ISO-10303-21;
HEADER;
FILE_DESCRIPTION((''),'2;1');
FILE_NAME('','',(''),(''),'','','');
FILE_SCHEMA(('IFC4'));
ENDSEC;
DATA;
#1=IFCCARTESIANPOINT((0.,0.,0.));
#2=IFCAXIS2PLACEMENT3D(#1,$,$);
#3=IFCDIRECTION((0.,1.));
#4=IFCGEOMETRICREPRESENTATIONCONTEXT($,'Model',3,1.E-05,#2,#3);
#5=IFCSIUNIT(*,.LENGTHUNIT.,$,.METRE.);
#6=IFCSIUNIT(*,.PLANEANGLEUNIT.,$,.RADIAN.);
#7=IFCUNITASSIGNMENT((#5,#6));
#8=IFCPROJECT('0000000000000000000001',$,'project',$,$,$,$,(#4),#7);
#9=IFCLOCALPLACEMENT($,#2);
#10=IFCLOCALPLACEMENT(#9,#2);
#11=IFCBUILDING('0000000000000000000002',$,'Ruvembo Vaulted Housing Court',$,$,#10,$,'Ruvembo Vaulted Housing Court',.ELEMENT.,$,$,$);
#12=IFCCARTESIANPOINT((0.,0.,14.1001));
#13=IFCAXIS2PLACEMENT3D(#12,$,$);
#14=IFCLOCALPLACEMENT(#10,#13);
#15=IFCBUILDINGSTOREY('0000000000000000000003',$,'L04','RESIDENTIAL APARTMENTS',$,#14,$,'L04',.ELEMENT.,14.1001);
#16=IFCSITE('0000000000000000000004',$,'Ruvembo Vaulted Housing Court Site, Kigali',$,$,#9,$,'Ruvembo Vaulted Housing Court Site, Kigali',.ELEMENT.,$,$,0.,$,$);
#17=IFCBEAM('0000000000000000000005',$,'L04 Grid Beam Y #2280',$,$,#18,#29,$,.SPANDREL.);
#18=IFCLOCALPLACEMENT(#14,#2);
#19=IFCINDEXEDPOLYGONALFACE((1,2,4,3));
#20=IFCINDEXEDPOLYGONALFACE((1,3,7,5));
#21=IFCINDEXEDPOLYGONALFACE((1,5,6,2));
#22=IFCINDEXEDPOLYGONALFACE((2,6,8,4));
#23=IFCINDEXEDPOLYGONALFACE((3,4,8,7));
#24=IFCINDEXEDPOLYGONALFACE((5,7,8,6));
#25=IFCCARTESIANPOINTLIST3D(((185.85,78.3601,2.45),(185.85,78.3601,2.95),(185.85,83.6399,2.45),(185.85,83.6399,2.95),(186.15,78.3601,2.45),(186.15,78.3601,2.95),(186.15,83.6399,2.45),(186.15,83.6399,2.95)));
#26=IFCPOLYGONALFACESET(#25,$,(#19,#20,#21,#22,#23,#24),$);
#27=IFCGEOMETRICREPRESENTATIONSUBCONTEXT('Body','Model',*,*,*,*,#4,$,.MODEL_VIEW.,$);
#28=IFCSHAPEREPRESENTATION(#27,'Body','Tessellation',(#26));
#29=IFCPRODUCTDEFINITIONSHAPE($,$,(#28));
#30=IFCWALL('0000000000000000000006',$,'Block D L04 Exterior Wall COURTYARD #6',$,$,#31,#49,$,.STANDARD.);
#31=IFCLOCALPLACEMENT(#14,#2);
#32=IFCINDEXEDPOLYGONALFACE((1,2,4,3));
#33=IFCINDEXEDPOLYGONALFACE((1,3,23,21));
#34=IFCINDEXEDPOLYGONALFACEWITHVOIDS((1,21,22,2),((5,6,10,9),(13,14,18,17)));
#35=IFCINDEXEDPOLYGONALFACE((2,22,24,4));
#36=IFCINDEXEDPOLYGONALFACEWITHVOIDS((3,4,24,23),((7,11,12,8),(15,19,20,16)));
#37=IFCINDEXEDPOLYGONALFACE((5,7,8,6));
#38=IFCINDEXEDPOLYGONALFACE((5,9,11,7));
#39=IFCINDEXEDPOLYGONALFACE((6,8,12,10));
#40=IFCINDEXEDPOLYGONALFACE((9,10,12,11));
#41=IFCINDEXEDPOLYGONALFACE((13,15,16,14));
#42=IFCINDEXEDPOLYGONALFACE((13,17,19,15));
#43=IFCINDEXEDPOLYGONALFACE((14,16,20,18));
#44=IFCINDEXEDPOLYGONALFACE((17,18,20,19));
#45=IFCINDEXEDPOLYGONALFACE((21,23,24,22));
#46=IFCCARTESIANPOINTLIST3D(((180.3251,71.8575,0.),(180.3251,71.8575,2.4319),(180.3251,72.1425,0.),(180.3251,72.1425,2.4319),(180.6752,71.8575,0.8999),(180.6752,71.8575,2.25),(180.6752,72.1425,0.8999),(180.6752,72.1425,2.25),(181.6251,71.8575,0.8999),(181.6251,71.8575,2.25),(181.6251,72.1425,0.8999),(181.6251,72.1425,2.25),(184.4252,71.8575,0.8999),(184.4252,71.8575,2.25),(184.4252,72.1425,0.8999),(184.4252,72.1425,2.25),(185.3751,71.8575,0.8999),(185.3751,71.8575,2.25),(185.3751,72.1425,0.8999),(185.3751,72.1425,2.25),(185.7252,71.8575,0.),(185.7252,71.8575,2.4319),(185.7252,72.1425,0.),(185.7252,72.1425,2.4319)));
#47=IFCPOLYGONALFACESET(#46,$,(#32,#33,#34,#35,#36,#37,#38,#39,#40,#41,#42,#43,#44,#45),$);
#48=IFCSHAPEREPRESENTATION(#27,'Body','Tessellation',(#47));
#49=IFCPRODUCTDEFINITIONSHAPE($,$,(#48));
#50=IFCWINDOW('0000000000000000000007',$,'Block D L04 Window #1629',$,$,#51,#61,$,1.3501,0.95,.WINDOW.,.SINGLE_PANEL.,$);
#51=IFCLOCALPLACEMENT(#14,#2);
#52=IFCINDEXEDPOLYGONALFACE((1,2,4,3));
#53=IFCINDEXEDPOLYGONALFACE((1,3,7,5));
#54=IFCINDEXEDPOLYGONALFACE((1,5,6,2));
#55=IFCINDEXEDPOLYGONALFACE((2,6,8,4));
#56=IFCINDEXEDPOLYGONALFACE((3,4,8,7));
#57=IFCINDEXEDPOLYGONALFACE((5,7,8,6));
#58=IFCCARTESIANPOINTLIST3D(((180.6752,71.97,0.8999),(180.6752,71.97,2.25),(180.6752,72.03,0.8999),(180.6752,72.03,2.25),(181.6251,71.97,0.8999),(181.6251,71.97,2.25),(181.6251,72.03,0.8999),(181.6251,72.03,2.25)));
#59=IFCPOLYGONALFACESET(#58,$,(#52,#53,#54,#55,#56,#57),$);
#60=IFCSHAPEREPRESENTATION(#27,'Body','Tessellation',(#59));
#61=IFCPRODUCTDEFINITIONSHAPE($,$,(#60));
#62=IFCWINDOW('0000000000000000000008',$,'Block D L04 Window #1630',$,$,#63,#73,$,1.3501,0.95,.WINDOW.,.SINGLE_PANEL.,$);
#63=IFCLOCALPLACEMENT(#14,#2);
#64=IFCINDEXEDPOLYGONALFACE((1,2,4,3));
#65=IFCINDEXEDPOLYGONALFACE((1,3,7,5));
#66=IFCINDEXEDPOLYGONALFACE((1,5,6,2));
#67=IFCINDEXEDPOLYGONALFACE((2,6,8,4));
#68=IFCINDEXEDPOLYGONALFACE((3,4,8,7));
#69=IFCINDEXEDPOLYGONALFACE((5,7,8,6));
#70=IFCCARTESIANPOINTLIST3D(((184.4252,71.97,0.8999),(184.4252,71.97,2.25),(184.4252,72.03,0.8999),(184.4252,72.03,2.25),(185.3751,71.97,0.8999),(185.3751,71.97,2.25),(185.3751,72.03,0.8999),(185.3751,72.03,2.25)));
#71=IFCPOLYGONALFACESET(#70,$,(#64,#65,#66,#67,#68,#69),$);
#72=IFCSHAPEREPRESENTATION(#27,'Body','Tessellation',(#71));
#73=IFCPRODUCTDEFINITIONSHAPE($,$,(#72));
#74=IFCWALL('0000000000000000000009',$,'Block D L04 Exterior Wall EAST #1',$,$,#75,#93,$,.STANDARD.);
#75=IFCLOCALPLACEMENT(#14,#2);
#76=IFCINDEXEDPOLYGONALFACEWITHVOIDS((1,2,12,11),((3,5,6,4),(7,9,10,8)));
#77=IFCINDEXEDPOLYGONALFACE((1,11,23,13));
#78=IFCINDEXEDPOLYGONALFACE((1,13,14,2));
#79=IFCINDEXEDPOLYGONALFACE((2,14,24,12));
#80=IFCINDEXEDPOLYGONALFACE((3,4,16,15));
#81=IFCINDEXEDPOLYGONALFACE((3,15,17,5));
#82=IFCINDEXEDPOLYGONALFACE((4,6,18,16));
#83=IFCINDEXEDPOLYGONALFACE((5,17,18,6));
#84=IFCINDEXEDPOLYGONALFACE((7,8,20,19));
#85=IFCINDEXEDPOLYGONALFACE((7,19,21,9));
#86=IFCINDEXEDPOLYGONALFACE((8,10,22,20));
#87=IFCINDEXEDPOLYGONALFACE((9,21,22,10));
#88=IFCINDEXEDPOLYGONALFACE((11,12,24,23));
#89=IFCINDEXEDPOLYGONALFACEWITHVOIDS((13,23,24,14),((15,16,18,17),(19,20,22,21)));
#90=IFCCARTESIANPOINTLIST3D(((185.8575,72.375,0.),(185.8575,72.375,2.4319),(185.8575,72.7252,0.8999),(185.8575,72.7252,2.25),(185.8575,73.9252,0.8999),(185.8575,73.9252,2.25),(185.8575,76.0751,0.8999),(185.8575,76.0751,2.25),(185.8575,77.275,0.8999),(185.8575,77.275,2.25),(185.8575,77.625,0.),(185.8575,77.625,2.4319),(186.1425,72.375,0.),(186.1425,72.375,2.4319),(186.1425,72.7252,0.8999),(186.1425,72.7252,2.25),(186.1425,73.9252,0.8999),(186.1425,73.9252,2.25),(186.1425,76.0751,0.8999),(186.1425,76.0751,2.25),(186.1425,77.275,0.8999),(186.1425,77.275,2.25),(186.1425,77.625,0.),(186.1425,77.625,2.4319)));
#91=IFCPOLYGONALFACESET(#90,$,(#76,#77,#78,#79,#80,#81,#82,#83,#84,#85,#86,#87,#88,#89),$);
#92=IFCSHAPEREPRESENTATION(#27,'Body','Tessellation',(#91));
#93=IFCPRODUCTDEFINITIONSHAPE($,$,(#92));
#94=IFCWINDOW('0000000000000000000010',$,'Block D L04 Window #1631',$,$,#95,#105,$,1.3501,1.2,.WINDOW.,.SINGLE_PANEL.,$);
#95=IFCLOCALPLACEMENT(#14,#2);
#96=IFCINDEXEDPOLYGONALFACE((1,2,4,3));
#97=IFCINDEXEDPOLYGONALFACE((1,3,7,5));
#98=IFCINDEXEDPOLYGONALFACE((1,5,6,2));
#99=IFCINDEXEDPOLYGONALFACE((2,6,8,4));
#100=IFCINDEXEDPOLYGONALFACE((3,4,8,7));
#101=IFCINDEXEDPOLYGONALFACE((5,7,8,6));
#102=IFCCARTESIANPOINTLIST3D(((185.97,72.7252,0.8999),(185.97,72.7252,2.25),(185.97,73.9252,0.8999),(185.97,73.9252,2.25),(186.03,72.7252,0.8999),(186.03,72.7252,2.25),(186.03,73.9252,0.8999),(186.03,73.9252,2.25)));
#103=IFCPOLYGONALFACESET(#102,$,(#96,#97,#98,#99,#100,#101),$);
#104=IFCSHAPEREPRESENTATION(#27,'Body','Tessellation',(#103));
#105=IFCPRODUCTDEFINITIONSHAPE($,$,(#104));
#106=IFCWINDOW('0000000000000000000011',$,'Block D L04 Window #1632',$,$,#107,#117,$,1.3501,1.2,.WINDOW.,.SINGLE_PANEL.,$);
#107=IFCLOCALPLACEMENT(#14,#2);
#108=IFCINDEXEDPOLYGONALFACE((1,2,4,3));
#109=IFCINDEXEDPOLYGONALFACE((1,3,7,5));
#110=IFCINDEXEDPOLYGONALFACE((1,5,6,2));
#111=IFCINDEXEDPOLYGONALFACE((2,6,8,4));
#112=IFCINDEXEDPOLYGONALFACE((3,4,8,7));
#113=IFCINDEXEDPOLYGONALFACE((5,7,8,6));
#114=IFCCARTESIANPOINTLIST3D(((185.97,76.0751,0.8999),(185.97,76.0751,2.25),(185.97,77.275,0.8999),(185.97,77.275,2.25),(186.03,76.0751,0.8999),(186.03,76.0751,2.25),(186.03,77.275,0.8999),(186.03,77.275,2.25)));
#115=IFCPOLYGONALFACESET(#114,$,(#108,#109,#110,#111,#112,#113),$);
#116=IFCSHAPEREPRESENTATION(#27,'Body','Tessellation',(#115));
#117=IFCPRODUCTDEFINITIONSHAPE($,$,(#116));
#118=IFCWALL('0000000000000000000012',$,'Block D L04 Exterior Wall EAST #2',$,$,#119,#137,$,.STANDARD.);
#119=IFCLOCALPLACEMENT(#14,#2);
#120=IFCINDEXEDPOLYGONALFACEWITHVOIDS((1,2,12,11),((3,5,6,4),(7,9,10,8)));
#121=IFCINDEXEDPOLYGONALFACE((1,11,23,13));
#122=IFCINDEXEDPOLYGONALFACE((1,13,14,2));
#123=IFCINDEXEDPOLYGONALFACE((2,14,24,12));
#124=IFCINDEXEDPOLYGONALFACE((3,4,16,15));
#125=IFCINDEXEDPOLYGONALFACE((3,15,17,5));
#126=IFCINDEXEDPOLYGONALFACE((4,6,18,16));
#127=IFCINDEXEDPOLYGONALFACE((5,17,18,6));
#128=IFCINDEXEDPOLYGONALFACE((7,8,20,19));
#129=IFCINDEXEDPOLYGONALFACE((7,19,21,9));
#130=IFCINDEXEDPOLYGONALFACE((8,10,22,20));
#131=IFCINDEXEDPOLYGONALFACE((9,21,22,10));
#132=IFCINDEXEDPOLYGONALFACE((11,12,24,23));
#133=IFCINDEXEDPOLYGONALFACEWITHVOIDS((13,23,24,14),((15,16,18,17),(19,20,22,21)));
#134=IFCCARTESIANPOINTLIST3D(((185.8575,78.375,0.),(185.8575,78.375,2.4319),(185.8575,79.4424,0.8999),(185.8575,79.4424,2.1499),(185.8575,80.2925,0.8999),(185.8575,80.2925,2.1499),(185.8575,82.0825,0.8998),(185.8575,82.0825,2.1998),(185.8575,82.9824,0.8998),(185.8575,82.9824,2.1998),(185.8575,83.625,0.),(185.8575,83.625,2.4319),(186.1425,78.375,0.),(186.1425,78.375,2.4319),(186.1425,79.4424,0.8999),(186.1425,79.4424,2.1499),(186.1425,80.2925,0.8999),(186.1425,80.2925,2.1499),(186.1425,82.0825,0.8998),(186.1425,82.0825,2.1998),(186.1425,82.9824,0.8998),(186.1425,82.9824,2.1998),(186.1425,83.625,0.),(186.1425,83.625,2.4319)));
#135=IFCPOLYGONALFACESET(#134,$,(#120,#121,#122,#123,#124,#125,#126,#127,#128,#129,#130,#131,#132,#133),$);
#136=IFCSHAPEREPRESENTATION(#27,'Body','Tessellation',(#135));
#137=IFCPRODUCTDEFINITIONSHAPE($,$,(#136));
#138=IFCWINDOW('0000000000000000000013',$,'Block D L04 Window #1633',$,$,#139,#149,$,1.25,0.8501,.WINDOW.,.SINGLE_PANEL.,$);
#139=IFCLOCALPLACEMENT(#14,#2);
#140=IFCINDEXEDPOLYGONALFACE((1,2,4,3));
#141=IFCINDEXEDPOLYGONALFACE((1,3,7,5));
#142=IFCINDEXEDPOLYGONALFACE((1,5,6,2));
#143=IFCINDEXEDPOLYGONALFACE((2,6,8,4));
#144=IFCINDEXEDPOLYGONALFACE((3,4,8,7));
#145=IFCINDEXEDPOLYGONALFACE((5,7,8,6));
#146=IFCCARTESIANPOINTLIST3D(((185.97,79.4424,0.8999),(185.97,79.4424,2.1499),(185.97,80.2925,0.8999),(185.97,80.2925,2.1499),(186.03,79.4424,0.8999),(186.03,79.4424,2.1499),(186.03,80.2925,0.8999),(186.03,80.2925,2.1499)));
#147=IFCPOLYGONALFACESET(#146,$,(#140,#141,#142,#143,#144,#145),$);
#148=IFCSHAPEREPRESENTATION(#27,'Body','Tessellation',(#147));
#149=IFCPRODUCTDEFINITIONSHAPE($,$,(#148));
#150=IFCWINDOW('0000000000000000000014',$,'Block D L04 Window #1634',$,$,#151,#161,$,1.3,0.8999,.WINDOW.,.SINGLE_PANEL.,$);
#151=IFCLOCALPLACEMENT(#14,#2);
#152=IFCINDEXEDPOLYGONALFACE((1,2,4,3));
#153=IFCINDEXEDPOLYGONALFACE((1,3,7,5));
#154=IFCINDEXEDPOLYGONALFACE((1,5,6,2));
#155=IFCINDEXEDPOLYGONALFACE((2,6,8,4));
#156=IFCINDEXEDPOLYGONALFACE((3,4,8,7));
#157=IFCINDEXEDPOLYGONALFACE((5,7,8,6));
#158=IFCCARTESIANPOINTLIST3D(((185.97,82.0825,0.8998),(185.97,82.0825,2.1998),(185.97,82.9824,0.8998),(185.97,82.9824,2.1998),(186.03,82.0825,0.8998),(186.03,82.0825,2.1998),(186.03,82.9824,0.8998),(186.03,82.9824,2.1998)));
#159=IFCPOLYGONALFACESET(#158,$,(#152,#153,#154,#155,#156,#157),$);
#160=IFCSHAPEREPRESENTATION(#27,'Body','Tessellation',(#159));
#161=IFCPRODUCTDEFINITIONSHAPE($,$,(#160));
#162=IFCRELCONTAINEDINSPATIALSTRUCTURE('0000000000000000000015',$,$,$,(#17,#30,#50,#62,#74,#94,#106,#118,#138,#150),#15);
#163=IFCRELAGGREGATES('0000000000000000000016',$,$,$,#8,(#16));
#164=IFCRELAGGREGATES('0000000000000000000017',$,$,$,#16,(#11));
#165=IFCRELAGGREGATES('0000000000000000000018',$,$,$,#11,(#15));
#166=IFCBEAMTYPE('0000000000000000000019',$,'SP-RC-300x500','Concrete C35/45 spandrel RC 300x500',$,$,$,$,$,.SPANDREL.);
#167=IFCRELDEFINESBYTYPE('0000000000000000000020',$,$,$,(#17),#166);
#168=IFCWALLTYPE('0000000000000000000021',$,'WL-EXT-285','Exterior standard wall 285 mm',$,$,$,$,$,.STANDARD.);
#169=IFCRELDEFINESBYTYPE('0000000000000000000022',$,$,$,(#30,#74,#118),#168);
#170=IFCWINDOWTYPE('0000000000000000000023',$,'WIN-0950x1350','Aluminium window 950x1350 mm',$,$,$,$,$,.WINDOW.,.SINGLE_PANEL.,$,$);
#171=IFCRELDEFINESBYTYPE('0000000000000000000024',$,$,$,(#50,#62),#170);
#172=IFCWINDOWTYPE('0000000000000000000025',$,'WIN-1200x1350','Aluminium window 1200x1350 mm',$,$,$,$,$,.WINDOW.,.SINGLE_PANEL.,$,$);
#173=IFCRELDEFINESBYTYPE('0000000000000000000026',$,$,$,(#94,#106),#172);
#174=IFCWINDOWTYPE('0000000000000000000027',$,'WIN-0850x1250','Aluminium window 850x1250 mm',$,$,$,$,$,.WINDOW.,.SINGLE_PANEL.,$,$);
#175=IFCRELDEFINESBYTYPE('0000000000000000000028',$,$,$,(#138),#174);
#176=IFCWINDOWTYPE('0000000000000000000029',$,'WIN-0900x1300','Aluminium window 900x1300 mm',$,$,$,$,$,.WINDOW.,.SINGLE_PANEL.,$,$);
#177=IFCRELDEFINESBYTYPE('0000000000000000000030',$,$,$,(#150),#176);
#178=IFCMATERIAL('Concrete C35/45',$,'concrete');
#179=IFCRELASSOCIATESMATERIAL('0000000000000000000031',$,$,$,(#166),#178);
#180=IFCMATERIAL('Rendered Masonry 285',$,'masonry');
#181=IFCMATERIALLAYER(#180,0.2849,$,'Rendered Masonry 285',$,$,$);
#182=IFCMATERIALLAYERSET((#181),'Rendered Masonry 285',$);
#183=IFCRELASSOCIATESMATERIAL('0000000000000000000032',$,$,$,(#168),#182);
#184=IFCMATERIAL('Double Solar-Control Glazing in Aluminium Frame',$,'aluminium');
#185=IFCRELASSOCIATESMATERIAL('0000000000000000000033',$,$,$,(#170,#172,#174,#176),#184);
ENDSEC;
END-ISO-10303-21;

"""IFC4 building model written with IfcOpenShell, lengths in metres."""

from ifc_helpers import new_model, si_unit, direction, frame, frame_2d, origin, origin_2d, place, context, subcontext, project, spatial, rectangle, extrude, material, layer, layer_set, material_profile, profile_set, type_object, element, fill, save


model = new_model("IFC4")

# Units and contexts
model_context = context("Model", 3, precision=1e-05, world=origin(), true_north=direction((0.0, 1.0)))
body_context = subcontext(model_context, "Body", "Model", "MODEL_VIEW")
ifc_project = project(units=[si_unit("LENGTHUNIT", "METRE"), si_unit("PLANEANGLEUNIT", "RADIAN")], contexts=[model_context])

# Site, building, storey
site_placement = place(None, origin())
site = spatial("IfcSite", under=ifc_project, at=site_placement, Name="Ruvembo Vaulted Housing Court Site, Kigali", LongName="Ruvembo Vaulted Housing Court Site, Kigali", CompositionType="ELEMENT", RefElevation=0.0)
building_placement = place(site_placement, origin())
building = spatial("IfcBuilding", under=site, at=building_placement, Name="Ruvembo Vaulted Housing Court", LongName="Ruvembo Vaulted Housing Court", CompositionType="ELEMENT")
storey_placement = place(building_placement, frame((0.0, 0.0, 14.1001)))
storey = spatial("IfcBuildingStorey", under=building, at=storey_placement, Name="L04", Description="RESIDENTIAL APARTMENTS", LongName="L04", CompositionType="ELEMENT", Elevation=14.1001)

# Beam
ifc_material_1 = material(Name="Concrete C35/45", Category="concrete")
ifc_material_profile_1 = material_profile(ifc_material_1, rectangle(XDim=0.3, YDim=0.5, at=origin_2d()), Name="RC 300x500")
ifc_profile_set_1 = profile_set([ifc_material_profile_1], Name="Concrete C35/45")
beam_type_1 = type_object("IfcBeamType", Name="SP-RC-300x500", Description="Concrete C35/45 spandrel RC 300x500", PredefinedType="SPANDREL", material=ifc_profile_set_1)
for number, where, z_axis, x_axis, name in (
    (1, (186.0, 78.3601, 2.7), (0.0, 1.0, 0.0), (-1.0, 0.0, 0.0), "L04 Grid Beam Y #2280"),
):
    element("IfcBeam", number, at=place(storey_placement, frame(where, z_axis=z_axis, x_axis=x_axis)), inside=storey, type_object=beam_type_1, Name=name, PredefinedType="SPANDREL", context=body_context, shape_type="SweptSolid", body=[
        extrude(rectangle(XDim=0.3, YDim=0.5, at=origin_2d()), origin(), (0.0, 0.0, 1.0), 5.2798),
    ])

# Walls, openings, windows
ifc_material_2 = material(Name="Rendered Masonry 285", Category="masonry")
ifc_layer_1 = layer(ifc_material_2, 0.2849, Name="Rendered Masonry 285")
ifc_layer_set_1 = layer_set([ifc_layer_1], Name="Rendered Masonry 285")
wall_type_1 = type_object("IfcWallType", Name="WL-EXT-285", Description="Exterior standard wall 285 mm", PredefinedType="STANDARD", material=ifc_layer_set_1)
wall_1_placement = place(storey_placement, frame((180.325, 72.0, 0.0), z_axis=(0.0, 0.0, 1.0), x_axis=(1.0, 0.0, 0.0)))
wall_1 = element("IfcWall", 2, at=wall_1_placement, inside=storey, type_object=wall_type_1, Name="Block D L04 Exterior Wall COURTYARD #6", PredefinedType="STANDARD", context=body_context, shape_type="SweptSolid", body=[
    extrude(rectangle(XDim=5.4001, YDim=0.2849, at=frame_2d((2.7002, 0.0))), origin(), (0.0, 0.0, 1.0), 2.4319),
])
opening_1_placement = place(wall_1_placement, frame((0.3501, 0.0, 0.8999)))
opening_1 = element("IfcOpeningElement", 3, at=opening_1_placement, cuts=wall_1, PredefinedType="OPENING", context=body_context, shape_type="SweptSolid", body=[
    extrude(rectangle(XDim=0.95, YDim=1.3501, at=frame_2d((0.4751, 0.675))), frame((0.0, 0.1523, 0.0), z_axis=(0.0, -1.0, 0.0), x_axis=(1.0, 0.0, 0.0)), (0.0, 0.0, 1.0), 0.3049),
])
opening_2_placement = place(wall_1_placement, frame((4.1001, 0.0, 0.8999)))
opening_2 = element("IfcOpeningElement", 4, at=opening_2_placement, cuts=wall_1, PredefinedType="OPENING", context=body_context, shape_type="SweptSolid", body=[
    extrude(rectangle(XDim=0.95, YDim=1.3501, at=frame_2d((0.4751, 0.675))), frame((0.0, 0.1523, 0.0), z_axis=(0.0, -1.0, 0.0), x_axis=(1.0, 0.0, 0.0)), (0.0, 0.0, 1.0), 0.3049),
])
ifc_material_3 = material(Name="Double Solar-Control Glazing in Aluminium Frame", Category="aluminium")
window_type_1 = type_object("IfcWindowType", Name="WIN-0950x1350", Description="Aluminium window 950x1350 mm", PartitioningType="SINGLE_PANEL", PredefinedType="WINDOW", material=ifc_material_3)
window_1_placement = place(opening_1_placement, origin())
window_1 = element("IfcWindow", 5, at=window_1_placement, inside=storey, type_object=window_type_1, Name="Block D L04 Window #1629", OverallHeight=1.3501, OverallWidth=0.95, PartitioningType="SINGLE_PANEL", PredefinedType="WINDOW", context=body_context, shape_type="SweptSolid", body=[
    extrude(rectangle(XDim=0.95, YDim=1.3501, at=frame_2d((0.4751, 0.675))), frame((0.0, 0.03, 0.0), z_axis=(0.0, -1.0, 0.0), x_axis=(1.0, 0.0, 0.0)), (0.0, 0.0, 1.0), 0.0601),
])
fill(opening_1, window_1)
window_2_placement = place(opening_2_placement, origin())
window_2 = element("IfcWindow", 6, at=window_2_placement, inside=storey, type_object=window_type_1, Name="Block D L04 Window #1630", OverallHeight=1.3501, OverallWidth=0.95, PartitioningType="SINGLE_PANEL", PredefinedType="WINDOW", context=body_context, shape_type="SweptSolid", body=[
    extrude(rectangle(XDim=0.95, YDim=1.3501, at=frame_2d((0.4751, 0.675))), frame((0.0, 0.03, 0.0), z_axis=(0.0, -1.0, 0.0), x_axis=(1.0, 0.0, 0.0)), (0.0, 0.0, 1.0), 0.0601),
])
fill(opening_2, window_2)
wall_2_placement = place(storey_placement, frame((186.0, 72.375, 0.0), z_axis=(0.0, 0.0, 1.0), x_axis=(0.0, 1.0, 0.0)))
wall_2 = element("IfcWall", 7, at=wall_2_placement, inside=storey, type_object=wall_type_1, Name="Block D L04 Exterior Wall EAST #1", PredefinedType="STANDARD", context=body_context, shape_type="SweptSolid", body=[
    extrude(rectangle(XDim=5.25, YDim=0.2849, at=frame_2d((2.625, 0.0))), origin(), (0.0, 0.0, 1.0), 2.4319),
])
opening_3_placement = place(wall_2_placement, frame((0.3501, 0.0, 0.8999)))
opening_3 = element("IfcOpeningElement", 8, at=opening_3_placement, cuts=wall_2, PredefinedType="OPENING", context=body_context, shape_type="SweptSolid", body=[
    extrude(rectangle(XDim=1.2, YDim=1.3501, at=frame_2d((0.6001, 0.675))), frame((0.0, 0.1523, 0.0), z_axis=(0.0, -1.0, 0.0), x_axis=(1.0, 0.0, 0.0)), (0.0, 0.0, 1.0), 0.3049),
])
opening_4_placement = place(wall_2_placement, frame((3.7, 0.0, 0.8999)))
opening_4 = element("IfcOpeningElement", 9, at=opening_4_placement, cuts=wall_2, PredefinedType="OPENING", context=body_context, shape_type="SweptSolid", body=[
    extrude(rectangle(XDim=1.2, YDim=1.3501, at=frame_2d((0.6001, 0.675))), frame((0.0, 0.1523, 0.0), z_axis=(0.0, -1.0, 0.0), x_axis=(1.0, 0.0, 0.0)), (0.0, 0.0, 1.0), 0.3049),
])
window_type_2 = type_object("IfcWindowType", Name="WIN-1200x1350", Description="Aluminium window 1200x1350 mm", PartitioningType="SINGLE_PANEL", PredefinedType="WINDOW", material=ifc_material_3)
window_3_placement = place(opening_3_placement, origin())
window_3 = element("IfcWindow", 10, at=window_3_placement, inside=storey, type_object=window_type_2, Name="Block D L04 Window #1631", OverallHeight=1.3501, OverallWidth=1.2, PartitioningType="SINGLE_PANEL", PredefinedType="WINDOW", context=body_context, shape_type="SweptSolid", body=[
    extrude(rectangle(XDim=1.2, YDim=1.3501, at=frame_2d((0.6001, 0.675))), frame((0.0, 0.03, 0.0), z_axis=(0.0, -1.0, 0.0), x_axis=(1.0, 0.0, 0.0)), (0.0, 0.0, 1.0), 0.0601),
])
fill(opening_3, window_3)
window_4_placement = place(opening_4_placement, origin())
window_4 = element("IfcWindow", 11, at=window_4_placement, inside=storey, type_object=window_type_2, Name="Block D L04 Window #1632", OverallHeight=1.3501, OverallWidth=1.2, PartitioningType="SINGLE_PANEL", PredefinedType="WINDOW", context=body_context, shape_type="SweptSolid", body=[
    extrude(rectangle(XDim=1.2, YDim=1.3501, at=frame_2d((0.6001, 0.675))), frame((0.0, 0.03, 0.0), z_axis=(0.0, -1.0, 0.0), x_axis=(1.0, 0.0, 0.0)), (0.0, 0.0, 1.0), 0.0601),
])
fill(opening_4, window_4)
wall_3_placement = place(storey_placement, frame((186.0, 78.375, 0.0), z_axis=(0.0, 0.0, 1.0), x_axis=(0.0, 1.0, 0.0)))
wall_3 = element("IfcWall", 12, at=wall_3_placement, inside=storey, type_object=wall_type_1, Name="Block D L04 Exterior Wall EAST #2", PredefinedType="STANDARD", context=body_context, shape_type="SweptSolid", body=[
    extrude(rectangle(XDim=5.25, YDim=0.2849, at=frame_2d((2.625, 0.0))), origin(), (0.0, 0.0, 1.0), 2.4319),
])
opening_5_placement = place(wall_3_placement, frame((1.0674, 0.0, 0.8999)))
opening_5 = element("IfcOpeningElement", 13, at=opening_5_placement, cuts=wall_3, PredefinedType="OPENING", context=body_context, shape_type="SweptSolid", body=[
    extrude(rectangle(XDim=0.8501, YDim=1.25, at=frame_2d((0.425, 0.625))), frame((0.0, 0.1523, 0.0), z_axis=(0.0, -1.0, 0.0), x_axis=(1.0, 0.0, 0.0)), (0.0, 0.0, 1.0), 0.3049),
])
opening_6_placement = place(wall_3_placement, frame((3.7075, 0.0, 0.8999)))
opening_6 = element("IfcOpeningElement", 14, at=opening_6_placement, cuts=wall_3, PredefinedType="OPENING", context=body_context, shape_type="SweptSolid", body=[
    extrude(rectangle(XDim=0.8999, YDim=1.3, at=frame_2d((0.45, 0.6499))), frame((0.0, 0.1523, 0.0), z_axis=(0.0, -1.0, 0.0), x_axis=(1.0, 0.0, 0.0)), (0.0, 0.0, 1.0), 0.3049),
])
window_type_3 = type_object("IfcWindowType", Name="WIN-0850x1250", Description="Aluminium window 850x1250 mm", PartitioningType="SINGLE_PANEL", PredefinedType="WINDOW", material=ifc_material_3)
window_5_placement = place(opening_5_placement, origin())
window_5 = element("IfcWindow", 15, at=window_5_placement, inside=storey, type_object=window_type_3, Name="Block D L04 Window #1633", OverallHeight=1.25, OverallWidth=0.8501, PartitioningType="SINGLE_PANEL", PredefinedType="WINDOW", context=body_context, shape_type="SweptSolid", body=[
    extrude(rectangle(XDim=0.8501, YDim=1.25, at=frame_2d((0.425, 0.625))), frame((0.0, 0.03, 0.0), z_axis=(0.0, -1.0, 0.0), x_axis=(1.0, 0.0, 0.0)), (0.0, 0.0, 1.0), 0.0601),
])
fill(opening_5, window_5)
window_type_4 = type_object("IfcWindowType", Name="WIN-0900x1300", Description="Aluminium window 900x1300 mm", PartitioningType="SINGLE_PANEL", PredefinedType="WINDOW", material=ifc_material_3)
window_6_placement = place(opening_6_placement, origin())
window_6 = element("IfcWindow", 16, at=window_6_placement, inside=storey, type_object=window_type_4, Name="Block D L04 Window #1634", OverallHeight=1.3, OverallWidth=0.8999, PartitioningType="SINGLE_PANEL", PredefinedType="WINDOW", context=body_context, shape_type="SweptSolid", body=[
    extrude(rectangle(XDim=0.8999, YDim=1.3, at=frame_2d((0.45, 0.6499))), frame((0.0, 0.03, 0.0), z_axis=(0.0, -1.0, 0.0), x_axis=(1.0, 0.0, 0.0)), (0.0, 0.0, 1.0), 0.0601),
])
fill(opening_6, window_6)

save(model, "model.ifc")
